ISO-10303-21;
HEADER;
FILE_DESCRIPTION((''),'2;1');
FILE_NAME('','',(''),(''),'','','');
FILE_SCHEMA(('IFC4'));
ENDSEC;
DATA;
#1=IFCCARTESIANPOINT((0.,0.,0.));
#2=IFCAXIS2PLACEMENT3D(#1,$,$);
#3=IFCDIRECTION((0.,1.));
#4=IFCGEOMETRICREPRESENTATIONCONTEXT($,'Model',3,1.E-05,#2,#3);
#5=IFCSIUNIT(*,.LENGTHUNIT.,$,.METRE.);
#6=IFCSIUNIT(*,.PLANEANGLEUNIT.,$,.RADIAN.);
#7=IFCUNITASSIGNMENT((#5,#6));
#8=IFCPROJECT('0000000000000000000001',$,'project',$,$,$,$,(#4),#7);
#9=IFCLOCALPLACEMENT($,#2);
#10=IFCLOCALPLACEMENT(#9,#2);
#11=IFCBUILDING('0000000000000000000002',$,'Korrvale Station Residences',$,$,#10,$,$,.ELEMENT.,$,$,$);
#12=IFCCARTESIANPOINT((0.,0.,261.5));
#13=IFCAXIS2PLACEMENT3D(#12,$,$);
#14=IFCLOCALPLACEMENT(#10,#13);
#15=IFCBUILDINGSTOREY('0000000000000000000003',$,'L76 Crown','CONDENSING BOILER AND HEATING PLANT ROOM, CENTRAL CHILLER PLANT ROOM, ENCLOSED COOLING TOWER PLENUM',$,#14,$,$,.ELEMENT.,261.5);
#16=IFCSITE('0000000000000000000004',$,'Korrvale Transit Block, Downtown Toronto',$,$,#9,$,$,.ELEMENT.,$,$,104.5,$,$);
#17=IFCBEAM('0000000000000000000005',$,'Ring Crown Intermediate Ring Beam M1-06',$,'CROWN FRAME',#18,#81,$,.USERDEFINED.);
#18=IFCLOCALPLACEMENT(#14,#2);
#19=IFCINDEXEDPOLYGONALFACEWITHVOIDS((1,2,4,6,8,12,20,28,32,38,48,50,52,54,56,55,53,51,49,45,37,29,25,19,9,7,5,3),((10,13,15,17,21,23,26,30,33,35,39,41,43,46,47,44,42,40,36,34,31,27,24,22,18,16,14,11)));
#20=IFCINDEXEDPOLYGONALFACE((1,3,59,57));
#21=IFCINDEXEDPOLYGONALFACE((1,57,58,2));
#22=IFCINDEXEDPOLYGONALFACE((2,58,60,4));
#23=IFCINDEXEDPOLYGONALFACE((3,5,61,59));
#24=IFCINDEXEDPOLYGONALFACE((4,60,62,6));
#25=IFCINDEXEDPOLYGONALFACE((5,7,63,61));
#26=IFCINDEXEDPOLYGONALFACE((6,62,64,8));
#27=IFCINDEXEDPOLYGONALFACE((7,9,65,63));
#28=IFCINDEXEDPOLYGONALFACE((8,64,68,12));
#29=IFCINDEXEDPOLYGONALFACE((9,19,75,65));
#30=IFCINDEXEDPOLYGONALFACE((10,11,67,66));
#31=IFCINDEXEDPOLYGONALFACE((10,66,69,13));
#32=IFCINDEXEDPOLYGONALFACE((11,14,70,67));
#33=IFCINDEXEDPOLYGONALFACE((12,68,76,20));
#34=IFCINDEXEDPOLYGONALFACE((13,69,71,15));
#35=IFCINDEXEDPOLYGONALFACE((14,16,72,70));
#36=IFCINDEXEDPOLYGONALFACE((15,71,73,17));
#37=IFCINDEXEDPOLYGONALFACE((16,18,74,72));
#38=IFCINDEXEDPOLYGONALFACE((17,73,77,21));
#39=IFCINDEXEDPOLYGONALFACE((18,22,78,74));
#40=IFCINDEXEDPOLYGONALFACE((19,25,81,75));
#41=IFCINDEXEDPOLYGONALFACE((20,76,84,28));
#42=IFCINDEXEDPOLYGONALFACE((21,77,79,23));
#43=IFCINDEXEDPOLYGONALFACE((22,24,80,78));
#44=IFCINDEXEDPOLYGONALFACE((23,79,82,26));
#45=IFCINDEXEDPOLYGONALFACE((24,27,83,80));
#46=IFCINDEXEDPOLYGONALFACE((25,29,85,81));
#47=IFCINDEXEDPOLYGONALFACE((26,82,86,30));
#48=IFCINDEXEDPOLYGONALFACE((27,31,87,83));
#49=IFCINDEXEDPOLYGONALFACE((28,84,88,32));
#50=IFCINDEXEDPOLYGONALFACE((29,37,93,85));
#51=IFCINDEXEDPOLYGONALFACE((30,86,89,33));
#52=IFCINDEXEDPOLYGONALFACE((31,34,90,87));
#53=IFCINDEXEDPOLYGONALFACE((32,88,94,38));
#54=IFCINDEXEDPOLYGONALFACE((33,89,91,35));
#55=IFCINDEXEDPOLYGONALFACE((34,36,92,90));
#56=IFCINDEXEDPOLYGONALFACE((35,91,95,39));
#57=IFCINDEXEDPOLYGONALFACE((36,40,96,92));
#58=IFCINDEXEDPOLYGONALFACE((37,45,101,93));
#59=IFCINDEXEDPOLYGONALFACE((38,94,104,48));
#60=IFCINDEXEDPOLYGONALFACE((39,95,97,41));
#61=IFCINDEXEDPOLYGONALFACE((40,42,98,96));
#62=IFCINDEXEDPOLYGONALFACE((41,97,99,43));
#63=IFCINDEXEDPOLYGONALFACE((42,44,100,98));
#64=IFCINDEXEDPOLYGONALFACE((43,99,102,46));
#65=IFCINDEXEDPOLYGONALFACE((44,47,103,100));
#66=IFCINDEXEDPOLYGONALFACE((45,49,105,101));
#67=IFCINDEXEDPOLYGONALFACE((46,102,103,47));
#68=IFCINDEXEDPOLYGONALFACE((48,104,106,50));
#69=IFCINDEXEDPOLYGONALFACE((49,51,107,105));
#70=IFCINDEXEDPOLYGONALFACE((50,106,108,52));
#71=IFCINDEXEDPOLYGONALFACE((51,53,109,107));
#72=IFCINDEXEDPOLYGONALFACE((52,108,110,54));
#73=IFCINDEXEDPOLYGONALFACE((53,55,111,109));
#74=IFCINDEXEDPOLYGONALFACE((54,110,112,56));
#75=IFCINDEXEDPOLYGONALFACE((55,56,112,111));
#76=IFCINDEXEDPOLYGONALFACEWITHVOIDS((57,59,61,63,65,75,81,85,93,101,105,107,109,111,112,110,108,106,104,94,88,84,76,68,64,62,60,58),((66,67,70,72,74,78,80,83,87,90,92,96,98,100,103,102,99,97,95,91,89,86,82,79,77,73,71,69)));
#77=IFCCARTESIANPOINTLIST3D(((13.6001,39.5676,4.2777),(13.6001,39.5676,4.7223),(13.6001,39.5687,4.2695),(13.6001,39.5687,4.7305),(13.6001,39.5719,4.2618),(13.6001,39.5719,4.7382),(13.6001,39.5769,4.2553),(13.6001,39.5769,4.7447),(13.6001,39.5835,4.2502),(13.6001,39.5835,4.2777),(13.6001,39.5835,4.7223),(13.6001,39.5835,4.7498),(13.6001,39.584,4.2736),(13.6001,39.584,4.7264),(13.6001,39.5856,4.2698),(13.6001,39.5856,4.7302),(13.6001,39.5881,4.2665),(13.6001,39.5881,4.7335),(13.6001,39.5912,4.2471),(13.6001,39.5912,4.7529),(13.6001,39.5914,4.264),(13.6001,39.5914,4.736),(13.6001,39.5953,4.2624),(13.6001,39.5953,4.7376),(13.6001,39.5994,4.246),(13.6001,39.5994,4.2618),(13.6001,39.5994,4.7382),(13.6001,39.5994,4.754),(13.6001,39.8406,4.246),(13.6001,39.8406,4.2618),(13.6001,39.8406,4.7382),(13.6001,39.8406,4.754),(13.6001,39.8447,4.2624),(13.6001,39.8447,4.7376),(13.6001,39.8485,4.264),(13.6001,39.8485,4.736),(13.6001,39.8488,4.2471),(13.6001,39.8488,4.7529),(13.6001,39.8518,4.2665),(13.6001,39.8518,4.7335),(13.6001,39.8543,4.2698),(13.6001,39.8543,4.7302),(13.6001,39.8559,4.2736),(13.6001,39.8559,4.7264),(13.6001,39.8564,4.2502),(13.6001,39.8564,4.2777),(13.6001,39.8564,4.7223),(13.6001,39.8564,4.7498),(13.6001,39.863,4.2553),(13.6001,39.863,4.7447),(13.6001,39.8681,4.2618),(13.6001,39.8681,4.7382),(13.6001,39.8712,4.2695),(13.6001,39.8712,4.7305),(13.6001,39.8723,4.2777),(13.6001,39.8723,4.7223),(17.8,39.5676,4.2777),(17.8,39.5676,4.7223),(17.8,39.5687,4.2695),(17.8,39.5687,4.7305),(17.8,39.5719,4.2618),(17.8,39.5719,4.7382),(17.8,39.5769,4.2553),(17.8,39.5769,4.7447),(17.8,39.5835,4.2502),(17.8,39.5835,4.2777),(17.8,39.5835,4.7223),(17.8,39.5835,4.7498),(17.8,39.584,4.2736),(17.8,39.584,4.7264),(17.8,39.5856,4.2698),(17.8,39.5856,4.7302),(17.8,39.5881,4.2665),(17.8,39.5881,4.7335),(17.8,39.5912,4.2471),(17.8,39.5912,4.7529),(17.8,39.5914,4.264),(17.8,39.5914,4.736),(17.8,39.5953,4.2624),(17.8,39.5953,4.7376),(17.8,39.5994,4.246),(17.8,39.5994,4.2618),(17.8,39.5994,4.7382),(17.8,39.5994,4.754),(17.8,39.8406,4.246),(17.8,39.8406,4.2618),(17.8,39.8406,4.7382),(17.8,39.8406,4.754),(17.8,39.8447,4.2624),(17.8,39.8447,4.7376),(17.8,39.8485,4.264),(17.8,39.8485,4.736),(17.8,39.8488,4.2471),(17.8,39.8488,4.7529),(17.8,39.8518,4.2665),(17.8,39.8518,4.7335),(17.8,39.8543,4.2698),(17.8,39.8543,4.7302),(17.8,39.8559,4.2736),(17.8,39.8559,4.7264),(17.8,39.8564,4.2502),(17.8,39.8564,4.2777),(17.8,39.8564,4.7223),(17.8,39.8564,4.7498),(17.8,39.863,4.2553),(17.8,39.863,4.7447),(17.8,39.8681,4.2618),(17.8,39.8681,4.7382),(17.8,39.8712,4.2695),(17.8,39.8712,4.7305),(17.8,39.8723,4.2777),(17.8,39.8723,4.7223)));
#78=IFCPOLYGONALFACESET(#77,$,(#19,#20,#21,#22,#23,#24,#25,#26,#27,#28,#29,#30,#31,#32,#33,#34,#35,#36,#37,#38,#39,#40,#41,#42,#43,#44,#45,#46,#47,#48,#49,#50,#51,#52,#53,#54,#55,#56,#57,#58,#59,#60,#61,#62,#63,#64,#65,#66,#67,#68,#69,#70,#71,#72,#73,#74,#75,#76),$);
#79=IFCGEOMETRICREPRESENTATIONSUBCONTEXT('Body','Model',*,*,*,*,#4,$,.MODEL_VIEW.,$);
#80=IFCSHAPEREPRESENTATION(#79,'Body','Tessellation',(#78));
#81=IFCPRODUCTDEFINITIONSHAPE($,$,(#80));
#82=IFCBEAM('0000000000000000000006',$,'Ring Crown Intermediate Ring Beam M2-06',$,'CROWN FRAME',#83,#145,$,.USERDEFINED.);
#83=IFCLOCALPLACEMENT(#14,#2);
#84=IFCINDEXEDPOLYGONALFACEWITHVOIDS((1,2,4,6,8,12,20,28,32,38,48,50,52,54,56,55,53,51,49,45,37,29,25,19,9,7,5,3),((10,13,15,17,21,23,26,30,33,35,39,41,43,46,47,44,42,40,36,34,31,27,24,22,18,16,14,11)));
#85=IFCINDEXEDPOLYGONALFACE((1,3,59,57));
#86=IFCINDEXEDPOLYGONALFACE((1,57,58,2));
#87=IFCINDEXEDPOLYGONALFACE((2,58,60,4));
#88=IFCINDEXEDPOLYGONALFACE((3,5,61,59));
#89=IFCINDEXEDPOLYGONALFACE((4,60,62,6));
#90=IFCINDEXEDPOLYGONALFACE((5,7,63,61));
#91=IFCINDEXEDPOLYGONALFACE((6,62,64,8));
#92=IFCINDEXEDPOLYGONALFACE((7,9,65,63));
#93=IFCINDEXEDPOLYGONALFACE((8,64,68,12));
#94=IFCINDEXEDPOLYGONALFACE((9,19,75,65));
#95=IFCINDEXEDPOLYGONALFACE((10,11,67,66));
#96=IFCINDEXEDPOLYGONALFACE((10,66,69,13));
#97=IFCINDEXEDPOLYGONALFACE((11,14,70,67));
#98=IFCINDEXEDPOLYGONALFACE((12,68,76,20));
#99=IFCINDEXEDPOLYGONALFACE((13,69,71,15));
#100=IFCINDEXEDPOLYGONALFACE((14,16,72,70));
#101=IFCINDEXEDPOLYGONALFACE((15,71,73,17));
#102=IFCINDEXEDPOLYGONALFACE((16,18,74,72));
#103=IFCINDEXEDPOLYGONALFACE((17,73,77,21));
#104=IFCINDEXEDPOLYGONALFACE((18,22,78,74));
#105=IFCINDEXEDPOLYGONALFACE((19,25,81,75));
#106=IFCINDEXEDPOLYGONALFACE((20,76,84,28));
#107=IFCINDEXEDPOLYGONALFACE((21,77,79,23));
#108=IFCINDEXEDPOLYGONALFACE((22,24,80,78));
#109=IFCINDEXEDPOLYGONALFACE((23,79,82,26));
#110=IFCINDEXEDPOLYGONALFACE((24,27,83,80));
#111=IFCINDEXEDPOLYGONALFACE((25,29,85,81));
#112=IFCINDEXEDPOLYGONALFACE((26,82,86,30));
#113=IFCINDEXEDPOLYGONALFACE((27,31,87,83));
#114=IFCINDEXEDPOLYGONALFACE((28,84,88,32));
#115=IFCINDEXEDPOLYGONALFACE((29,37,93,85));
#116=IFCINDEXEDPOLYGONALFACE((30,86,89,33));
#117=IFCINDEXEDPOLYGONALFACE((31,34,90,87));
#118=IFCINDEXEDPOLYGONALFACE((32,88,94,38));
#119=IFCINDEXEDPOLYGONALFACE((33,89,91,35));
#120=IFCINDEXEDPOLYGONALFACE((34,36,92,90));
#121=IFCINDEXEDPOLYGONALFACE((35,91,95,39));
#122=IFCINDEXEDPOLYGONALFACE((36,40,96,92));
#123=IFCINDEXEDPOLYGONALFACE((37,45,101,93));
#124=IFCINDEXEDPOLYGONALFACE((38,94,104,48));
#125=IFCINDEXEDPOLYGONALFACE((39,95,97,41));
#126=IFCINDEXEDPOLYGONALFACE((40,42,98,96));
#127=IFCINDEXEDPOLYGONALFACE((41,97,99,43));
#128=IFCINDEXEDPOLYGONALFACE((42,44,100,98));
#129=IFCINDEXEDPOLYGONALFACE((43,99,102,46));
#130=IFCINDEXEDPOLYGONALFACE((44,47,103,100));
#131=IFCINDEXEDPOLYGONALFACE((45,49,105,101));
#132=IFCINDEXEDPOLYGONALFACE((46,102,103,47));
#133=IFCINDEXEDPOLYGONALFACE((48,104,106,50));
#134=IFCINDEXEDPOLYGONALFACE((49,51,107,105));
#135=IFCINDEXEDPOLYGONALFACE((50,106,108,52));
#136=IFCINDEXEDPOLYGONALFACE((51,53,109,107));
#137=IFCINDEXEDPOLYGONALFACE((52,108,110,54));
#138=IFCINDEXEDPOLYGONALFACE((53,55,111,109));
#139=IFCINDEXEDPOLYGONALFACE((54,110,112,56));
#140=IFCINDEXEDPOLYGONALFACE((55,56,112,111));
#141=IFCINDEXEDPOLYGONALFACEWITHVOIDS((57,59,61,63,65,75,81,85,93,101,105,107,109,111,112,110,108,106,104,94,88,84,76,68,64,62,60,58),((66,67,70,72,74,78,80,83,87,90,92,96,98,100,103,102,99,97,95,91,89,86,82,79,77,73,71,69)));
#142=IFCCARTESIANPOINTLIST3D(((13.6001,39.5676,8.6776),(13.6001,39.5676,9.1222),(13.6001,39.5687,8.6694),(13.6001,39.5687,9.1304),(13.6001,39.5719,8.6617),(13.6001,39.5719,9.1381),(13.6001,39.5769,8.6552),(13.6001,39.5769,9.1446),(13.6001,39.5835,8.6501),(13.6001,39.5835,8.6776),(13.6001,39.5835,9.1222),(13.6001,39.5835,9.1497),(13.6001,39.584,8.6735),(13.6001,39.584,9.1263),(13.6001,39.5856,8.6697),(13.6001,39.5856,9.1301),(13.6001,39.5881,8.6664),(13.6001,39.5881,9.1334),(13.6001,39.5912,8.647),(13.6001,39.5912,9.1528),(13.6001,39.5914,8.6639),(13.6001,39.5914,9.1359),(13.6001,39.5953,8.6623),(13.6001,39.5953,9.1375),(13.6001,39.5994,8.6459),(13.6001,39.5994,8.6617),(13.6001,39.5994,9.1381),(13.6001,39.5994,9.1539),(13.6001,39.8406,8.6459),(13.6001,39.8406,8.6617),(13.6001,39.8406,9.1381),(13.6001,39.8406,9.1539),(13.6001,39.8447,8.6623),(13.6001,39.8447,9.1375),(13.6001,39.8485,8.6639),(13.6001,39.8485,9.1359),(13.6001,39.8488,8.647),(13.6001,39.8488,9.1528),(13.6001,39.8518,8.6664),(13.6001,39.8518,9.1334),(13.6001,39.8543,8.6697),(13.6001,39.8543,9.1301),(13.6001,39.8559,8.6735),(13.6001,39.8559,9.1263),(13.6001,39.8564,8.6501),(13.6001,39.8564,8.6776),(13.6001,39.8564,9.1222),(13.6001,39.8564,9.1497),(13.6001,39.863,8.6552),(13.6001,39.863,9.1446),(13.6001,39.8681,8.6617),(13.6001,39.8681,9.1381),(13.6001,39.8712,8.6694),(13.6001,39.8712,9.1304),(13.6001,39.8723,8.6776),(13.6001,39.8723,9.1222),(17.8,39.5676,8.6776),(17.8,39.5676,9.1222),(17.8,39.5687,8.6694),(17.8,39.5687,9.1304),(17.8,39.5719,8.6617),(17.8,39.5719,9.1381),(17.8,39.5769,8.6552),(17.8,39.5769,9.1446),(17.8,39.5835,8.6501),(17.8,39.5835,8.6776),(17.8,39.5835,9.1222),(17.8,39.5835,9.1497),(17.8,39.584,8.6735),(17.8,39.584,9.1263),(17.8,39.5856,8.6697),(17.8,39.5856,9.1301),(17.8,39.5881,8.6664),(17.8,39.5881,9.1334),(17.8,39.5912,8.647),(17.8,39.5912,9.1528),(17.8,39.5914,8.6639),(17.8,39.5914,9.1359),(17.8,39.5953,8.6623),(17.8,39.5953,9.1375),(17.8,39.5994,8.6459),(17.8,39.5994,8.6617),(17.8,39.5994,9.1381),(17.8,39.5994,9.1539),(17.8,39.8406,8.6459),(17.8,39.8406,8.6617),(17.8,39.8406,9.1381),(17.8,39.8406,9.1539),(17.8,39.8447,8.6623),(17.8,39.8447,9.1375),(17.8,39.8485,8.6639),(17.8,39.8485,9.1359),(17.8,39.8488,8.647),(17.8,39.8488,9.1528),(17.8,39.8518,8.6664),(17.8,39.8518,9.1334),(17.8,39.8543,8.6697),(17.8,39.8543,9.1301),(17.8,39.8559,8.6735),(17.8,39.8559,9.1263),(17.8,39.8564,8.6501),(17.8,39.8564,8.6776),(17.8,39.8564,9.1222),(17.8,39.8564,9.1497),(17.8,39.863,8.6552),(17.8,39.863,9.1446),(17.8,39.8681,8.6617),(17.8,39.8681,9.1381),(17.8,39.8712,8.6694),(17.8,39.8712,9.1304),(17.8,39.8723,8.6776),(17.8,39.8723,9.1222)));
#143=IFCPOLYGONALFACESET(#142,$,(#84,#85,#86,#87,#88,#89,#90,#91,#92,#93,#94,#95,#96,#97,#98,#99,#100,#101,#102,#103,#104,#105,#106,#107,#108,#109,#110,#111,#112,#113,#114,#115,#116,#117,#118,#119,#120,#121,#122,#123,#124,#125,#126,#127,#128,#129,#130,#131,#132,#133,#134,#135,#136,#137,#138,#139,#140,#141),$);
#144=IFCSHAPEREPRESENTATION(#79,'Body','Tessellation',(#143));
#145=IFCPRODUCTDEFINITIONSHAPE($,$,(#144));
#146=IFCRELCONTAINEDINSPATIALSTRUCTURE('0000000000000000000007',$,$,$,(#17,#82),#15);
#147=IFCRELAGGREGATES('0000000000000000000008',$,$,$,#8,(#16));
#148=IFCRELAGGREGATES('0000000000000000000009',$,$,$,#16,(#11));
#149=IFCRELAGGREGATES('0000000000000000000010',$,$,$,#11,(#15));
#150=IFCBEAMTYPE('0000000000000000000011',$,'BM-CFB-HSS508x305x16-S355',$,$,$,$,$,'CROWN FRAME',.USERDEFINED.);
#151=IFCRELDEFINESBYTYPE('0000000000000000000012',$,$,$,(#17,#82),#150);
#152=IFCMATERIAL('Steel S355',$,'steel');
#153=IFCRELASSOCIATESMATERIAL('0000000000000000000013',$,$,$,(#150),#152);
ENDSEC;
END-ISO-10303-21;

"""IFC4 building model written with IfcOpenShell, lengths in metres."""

from ifc_helpers import new_model, si_unit, direction, frame, origin, origin_2d, place, context, subcontext, project, spatial, hollow_rectangle, extrude, material, material_profile, profile_set, type_object, element, save


model = new_model("IFC4")

# Units and contexts
model_context = context("Model", 3, precision=1e-05, world=origin(), true_north=direction((0.0, 1.0)))
body_context = subcontext(model_context, "Body", "Model", "MODEL_VIEW")
ifc_project = project(units=[si_unit("LENGTHUNIT", "METRE"), si_unit("PLANEANGLEUNIT", "RADIAN")], contexts=[model_context])

# Site, building, storey
site_placement = place(None, origin())
site = spatial("IfcSite", under=ifc_project, at=site_placement, Name="Korrvale Transit Block, Downtown Toronto", CompositionType="ELEMENT", RefElevation=104.5)
building_placement = place(site_placement, origin())
building = spatial("IfcBuilding", under=site, at=building_placement, Name="Korrvale Station Residences", CompositionType="ELEMENT")
storey_placement = place(building_placement, frame((0.0, 0.0, 261.5)))
storey = spatial("IfcBuildingStorey", under=building, at=storey_placement, Name="L76 Crown", Description="CONDENSING BOILER AND HEATING PLANT ROOM, CENTRAL CHILLER PLANT ROOM, ENCLOSED COOLING TOWER PLENUM", CompositionType="ELEMENT", Elevation=261.5)

# Beams
ifc_material_1 = material(Name="Steel S355", Category="steel")
ifc_material_profile_1 = material_profile(ifc_material_1, hollow_rectangle(XDim=0.3047, YDim=0.5081, WallThickness=0.0159, InnerFilletRadius=0.0159, OuterFilletRadius=0.0317, at=origin_2d()), Name="HSS508x305x16")
ifc_profile_set_1 = profile_set([ifc_material_profile_1], Name="Steel S355")
beam_type = type_object("IfcBeamType", Name="BM-CFB-HSS508x305x16-S355", ElementType="CROWN FRAME", PredefinedType="USERDEFINED", material=ifc_profile_set_1)
for number, where, z_axis, x_axis, name in (
    (1, (13.6001, 39.72, 4.5), (1.0, 0.0, 0.0), (0.0, 1.0, 0.0), "Ring Crown Intermediate Ring Beam M1-06"),
    (2, (13.6001, 39.72, 8.8999), (1.0, 0.0, 0.0), (0.0, 1.0, 0.0), "Ring Crown Intermediate Ring Beam M2-06"),
):
    element("IfcBeam", number, at=place(storey_placement, frame(where, z_axis=z_axis, x_axis=x_axis)), inside=storey, type_object=beam_type, Name=name, ObjectType="CROWN FRAME", PredefinedType="USERDEFINED", context=body_context, shape_type="SweptSolid", body=[
        extrude(hollow_rectangle(XDim=0.3047, YDim=0.5081, WallThickness=0.0159, InnerFilletRadius=0.0159, OuterFilletRadius=0.0317, at=origin_2d()), origin(), (0.0, 0.0, 1.0), 4.2),
    ])

save(model, "model.ifc")
